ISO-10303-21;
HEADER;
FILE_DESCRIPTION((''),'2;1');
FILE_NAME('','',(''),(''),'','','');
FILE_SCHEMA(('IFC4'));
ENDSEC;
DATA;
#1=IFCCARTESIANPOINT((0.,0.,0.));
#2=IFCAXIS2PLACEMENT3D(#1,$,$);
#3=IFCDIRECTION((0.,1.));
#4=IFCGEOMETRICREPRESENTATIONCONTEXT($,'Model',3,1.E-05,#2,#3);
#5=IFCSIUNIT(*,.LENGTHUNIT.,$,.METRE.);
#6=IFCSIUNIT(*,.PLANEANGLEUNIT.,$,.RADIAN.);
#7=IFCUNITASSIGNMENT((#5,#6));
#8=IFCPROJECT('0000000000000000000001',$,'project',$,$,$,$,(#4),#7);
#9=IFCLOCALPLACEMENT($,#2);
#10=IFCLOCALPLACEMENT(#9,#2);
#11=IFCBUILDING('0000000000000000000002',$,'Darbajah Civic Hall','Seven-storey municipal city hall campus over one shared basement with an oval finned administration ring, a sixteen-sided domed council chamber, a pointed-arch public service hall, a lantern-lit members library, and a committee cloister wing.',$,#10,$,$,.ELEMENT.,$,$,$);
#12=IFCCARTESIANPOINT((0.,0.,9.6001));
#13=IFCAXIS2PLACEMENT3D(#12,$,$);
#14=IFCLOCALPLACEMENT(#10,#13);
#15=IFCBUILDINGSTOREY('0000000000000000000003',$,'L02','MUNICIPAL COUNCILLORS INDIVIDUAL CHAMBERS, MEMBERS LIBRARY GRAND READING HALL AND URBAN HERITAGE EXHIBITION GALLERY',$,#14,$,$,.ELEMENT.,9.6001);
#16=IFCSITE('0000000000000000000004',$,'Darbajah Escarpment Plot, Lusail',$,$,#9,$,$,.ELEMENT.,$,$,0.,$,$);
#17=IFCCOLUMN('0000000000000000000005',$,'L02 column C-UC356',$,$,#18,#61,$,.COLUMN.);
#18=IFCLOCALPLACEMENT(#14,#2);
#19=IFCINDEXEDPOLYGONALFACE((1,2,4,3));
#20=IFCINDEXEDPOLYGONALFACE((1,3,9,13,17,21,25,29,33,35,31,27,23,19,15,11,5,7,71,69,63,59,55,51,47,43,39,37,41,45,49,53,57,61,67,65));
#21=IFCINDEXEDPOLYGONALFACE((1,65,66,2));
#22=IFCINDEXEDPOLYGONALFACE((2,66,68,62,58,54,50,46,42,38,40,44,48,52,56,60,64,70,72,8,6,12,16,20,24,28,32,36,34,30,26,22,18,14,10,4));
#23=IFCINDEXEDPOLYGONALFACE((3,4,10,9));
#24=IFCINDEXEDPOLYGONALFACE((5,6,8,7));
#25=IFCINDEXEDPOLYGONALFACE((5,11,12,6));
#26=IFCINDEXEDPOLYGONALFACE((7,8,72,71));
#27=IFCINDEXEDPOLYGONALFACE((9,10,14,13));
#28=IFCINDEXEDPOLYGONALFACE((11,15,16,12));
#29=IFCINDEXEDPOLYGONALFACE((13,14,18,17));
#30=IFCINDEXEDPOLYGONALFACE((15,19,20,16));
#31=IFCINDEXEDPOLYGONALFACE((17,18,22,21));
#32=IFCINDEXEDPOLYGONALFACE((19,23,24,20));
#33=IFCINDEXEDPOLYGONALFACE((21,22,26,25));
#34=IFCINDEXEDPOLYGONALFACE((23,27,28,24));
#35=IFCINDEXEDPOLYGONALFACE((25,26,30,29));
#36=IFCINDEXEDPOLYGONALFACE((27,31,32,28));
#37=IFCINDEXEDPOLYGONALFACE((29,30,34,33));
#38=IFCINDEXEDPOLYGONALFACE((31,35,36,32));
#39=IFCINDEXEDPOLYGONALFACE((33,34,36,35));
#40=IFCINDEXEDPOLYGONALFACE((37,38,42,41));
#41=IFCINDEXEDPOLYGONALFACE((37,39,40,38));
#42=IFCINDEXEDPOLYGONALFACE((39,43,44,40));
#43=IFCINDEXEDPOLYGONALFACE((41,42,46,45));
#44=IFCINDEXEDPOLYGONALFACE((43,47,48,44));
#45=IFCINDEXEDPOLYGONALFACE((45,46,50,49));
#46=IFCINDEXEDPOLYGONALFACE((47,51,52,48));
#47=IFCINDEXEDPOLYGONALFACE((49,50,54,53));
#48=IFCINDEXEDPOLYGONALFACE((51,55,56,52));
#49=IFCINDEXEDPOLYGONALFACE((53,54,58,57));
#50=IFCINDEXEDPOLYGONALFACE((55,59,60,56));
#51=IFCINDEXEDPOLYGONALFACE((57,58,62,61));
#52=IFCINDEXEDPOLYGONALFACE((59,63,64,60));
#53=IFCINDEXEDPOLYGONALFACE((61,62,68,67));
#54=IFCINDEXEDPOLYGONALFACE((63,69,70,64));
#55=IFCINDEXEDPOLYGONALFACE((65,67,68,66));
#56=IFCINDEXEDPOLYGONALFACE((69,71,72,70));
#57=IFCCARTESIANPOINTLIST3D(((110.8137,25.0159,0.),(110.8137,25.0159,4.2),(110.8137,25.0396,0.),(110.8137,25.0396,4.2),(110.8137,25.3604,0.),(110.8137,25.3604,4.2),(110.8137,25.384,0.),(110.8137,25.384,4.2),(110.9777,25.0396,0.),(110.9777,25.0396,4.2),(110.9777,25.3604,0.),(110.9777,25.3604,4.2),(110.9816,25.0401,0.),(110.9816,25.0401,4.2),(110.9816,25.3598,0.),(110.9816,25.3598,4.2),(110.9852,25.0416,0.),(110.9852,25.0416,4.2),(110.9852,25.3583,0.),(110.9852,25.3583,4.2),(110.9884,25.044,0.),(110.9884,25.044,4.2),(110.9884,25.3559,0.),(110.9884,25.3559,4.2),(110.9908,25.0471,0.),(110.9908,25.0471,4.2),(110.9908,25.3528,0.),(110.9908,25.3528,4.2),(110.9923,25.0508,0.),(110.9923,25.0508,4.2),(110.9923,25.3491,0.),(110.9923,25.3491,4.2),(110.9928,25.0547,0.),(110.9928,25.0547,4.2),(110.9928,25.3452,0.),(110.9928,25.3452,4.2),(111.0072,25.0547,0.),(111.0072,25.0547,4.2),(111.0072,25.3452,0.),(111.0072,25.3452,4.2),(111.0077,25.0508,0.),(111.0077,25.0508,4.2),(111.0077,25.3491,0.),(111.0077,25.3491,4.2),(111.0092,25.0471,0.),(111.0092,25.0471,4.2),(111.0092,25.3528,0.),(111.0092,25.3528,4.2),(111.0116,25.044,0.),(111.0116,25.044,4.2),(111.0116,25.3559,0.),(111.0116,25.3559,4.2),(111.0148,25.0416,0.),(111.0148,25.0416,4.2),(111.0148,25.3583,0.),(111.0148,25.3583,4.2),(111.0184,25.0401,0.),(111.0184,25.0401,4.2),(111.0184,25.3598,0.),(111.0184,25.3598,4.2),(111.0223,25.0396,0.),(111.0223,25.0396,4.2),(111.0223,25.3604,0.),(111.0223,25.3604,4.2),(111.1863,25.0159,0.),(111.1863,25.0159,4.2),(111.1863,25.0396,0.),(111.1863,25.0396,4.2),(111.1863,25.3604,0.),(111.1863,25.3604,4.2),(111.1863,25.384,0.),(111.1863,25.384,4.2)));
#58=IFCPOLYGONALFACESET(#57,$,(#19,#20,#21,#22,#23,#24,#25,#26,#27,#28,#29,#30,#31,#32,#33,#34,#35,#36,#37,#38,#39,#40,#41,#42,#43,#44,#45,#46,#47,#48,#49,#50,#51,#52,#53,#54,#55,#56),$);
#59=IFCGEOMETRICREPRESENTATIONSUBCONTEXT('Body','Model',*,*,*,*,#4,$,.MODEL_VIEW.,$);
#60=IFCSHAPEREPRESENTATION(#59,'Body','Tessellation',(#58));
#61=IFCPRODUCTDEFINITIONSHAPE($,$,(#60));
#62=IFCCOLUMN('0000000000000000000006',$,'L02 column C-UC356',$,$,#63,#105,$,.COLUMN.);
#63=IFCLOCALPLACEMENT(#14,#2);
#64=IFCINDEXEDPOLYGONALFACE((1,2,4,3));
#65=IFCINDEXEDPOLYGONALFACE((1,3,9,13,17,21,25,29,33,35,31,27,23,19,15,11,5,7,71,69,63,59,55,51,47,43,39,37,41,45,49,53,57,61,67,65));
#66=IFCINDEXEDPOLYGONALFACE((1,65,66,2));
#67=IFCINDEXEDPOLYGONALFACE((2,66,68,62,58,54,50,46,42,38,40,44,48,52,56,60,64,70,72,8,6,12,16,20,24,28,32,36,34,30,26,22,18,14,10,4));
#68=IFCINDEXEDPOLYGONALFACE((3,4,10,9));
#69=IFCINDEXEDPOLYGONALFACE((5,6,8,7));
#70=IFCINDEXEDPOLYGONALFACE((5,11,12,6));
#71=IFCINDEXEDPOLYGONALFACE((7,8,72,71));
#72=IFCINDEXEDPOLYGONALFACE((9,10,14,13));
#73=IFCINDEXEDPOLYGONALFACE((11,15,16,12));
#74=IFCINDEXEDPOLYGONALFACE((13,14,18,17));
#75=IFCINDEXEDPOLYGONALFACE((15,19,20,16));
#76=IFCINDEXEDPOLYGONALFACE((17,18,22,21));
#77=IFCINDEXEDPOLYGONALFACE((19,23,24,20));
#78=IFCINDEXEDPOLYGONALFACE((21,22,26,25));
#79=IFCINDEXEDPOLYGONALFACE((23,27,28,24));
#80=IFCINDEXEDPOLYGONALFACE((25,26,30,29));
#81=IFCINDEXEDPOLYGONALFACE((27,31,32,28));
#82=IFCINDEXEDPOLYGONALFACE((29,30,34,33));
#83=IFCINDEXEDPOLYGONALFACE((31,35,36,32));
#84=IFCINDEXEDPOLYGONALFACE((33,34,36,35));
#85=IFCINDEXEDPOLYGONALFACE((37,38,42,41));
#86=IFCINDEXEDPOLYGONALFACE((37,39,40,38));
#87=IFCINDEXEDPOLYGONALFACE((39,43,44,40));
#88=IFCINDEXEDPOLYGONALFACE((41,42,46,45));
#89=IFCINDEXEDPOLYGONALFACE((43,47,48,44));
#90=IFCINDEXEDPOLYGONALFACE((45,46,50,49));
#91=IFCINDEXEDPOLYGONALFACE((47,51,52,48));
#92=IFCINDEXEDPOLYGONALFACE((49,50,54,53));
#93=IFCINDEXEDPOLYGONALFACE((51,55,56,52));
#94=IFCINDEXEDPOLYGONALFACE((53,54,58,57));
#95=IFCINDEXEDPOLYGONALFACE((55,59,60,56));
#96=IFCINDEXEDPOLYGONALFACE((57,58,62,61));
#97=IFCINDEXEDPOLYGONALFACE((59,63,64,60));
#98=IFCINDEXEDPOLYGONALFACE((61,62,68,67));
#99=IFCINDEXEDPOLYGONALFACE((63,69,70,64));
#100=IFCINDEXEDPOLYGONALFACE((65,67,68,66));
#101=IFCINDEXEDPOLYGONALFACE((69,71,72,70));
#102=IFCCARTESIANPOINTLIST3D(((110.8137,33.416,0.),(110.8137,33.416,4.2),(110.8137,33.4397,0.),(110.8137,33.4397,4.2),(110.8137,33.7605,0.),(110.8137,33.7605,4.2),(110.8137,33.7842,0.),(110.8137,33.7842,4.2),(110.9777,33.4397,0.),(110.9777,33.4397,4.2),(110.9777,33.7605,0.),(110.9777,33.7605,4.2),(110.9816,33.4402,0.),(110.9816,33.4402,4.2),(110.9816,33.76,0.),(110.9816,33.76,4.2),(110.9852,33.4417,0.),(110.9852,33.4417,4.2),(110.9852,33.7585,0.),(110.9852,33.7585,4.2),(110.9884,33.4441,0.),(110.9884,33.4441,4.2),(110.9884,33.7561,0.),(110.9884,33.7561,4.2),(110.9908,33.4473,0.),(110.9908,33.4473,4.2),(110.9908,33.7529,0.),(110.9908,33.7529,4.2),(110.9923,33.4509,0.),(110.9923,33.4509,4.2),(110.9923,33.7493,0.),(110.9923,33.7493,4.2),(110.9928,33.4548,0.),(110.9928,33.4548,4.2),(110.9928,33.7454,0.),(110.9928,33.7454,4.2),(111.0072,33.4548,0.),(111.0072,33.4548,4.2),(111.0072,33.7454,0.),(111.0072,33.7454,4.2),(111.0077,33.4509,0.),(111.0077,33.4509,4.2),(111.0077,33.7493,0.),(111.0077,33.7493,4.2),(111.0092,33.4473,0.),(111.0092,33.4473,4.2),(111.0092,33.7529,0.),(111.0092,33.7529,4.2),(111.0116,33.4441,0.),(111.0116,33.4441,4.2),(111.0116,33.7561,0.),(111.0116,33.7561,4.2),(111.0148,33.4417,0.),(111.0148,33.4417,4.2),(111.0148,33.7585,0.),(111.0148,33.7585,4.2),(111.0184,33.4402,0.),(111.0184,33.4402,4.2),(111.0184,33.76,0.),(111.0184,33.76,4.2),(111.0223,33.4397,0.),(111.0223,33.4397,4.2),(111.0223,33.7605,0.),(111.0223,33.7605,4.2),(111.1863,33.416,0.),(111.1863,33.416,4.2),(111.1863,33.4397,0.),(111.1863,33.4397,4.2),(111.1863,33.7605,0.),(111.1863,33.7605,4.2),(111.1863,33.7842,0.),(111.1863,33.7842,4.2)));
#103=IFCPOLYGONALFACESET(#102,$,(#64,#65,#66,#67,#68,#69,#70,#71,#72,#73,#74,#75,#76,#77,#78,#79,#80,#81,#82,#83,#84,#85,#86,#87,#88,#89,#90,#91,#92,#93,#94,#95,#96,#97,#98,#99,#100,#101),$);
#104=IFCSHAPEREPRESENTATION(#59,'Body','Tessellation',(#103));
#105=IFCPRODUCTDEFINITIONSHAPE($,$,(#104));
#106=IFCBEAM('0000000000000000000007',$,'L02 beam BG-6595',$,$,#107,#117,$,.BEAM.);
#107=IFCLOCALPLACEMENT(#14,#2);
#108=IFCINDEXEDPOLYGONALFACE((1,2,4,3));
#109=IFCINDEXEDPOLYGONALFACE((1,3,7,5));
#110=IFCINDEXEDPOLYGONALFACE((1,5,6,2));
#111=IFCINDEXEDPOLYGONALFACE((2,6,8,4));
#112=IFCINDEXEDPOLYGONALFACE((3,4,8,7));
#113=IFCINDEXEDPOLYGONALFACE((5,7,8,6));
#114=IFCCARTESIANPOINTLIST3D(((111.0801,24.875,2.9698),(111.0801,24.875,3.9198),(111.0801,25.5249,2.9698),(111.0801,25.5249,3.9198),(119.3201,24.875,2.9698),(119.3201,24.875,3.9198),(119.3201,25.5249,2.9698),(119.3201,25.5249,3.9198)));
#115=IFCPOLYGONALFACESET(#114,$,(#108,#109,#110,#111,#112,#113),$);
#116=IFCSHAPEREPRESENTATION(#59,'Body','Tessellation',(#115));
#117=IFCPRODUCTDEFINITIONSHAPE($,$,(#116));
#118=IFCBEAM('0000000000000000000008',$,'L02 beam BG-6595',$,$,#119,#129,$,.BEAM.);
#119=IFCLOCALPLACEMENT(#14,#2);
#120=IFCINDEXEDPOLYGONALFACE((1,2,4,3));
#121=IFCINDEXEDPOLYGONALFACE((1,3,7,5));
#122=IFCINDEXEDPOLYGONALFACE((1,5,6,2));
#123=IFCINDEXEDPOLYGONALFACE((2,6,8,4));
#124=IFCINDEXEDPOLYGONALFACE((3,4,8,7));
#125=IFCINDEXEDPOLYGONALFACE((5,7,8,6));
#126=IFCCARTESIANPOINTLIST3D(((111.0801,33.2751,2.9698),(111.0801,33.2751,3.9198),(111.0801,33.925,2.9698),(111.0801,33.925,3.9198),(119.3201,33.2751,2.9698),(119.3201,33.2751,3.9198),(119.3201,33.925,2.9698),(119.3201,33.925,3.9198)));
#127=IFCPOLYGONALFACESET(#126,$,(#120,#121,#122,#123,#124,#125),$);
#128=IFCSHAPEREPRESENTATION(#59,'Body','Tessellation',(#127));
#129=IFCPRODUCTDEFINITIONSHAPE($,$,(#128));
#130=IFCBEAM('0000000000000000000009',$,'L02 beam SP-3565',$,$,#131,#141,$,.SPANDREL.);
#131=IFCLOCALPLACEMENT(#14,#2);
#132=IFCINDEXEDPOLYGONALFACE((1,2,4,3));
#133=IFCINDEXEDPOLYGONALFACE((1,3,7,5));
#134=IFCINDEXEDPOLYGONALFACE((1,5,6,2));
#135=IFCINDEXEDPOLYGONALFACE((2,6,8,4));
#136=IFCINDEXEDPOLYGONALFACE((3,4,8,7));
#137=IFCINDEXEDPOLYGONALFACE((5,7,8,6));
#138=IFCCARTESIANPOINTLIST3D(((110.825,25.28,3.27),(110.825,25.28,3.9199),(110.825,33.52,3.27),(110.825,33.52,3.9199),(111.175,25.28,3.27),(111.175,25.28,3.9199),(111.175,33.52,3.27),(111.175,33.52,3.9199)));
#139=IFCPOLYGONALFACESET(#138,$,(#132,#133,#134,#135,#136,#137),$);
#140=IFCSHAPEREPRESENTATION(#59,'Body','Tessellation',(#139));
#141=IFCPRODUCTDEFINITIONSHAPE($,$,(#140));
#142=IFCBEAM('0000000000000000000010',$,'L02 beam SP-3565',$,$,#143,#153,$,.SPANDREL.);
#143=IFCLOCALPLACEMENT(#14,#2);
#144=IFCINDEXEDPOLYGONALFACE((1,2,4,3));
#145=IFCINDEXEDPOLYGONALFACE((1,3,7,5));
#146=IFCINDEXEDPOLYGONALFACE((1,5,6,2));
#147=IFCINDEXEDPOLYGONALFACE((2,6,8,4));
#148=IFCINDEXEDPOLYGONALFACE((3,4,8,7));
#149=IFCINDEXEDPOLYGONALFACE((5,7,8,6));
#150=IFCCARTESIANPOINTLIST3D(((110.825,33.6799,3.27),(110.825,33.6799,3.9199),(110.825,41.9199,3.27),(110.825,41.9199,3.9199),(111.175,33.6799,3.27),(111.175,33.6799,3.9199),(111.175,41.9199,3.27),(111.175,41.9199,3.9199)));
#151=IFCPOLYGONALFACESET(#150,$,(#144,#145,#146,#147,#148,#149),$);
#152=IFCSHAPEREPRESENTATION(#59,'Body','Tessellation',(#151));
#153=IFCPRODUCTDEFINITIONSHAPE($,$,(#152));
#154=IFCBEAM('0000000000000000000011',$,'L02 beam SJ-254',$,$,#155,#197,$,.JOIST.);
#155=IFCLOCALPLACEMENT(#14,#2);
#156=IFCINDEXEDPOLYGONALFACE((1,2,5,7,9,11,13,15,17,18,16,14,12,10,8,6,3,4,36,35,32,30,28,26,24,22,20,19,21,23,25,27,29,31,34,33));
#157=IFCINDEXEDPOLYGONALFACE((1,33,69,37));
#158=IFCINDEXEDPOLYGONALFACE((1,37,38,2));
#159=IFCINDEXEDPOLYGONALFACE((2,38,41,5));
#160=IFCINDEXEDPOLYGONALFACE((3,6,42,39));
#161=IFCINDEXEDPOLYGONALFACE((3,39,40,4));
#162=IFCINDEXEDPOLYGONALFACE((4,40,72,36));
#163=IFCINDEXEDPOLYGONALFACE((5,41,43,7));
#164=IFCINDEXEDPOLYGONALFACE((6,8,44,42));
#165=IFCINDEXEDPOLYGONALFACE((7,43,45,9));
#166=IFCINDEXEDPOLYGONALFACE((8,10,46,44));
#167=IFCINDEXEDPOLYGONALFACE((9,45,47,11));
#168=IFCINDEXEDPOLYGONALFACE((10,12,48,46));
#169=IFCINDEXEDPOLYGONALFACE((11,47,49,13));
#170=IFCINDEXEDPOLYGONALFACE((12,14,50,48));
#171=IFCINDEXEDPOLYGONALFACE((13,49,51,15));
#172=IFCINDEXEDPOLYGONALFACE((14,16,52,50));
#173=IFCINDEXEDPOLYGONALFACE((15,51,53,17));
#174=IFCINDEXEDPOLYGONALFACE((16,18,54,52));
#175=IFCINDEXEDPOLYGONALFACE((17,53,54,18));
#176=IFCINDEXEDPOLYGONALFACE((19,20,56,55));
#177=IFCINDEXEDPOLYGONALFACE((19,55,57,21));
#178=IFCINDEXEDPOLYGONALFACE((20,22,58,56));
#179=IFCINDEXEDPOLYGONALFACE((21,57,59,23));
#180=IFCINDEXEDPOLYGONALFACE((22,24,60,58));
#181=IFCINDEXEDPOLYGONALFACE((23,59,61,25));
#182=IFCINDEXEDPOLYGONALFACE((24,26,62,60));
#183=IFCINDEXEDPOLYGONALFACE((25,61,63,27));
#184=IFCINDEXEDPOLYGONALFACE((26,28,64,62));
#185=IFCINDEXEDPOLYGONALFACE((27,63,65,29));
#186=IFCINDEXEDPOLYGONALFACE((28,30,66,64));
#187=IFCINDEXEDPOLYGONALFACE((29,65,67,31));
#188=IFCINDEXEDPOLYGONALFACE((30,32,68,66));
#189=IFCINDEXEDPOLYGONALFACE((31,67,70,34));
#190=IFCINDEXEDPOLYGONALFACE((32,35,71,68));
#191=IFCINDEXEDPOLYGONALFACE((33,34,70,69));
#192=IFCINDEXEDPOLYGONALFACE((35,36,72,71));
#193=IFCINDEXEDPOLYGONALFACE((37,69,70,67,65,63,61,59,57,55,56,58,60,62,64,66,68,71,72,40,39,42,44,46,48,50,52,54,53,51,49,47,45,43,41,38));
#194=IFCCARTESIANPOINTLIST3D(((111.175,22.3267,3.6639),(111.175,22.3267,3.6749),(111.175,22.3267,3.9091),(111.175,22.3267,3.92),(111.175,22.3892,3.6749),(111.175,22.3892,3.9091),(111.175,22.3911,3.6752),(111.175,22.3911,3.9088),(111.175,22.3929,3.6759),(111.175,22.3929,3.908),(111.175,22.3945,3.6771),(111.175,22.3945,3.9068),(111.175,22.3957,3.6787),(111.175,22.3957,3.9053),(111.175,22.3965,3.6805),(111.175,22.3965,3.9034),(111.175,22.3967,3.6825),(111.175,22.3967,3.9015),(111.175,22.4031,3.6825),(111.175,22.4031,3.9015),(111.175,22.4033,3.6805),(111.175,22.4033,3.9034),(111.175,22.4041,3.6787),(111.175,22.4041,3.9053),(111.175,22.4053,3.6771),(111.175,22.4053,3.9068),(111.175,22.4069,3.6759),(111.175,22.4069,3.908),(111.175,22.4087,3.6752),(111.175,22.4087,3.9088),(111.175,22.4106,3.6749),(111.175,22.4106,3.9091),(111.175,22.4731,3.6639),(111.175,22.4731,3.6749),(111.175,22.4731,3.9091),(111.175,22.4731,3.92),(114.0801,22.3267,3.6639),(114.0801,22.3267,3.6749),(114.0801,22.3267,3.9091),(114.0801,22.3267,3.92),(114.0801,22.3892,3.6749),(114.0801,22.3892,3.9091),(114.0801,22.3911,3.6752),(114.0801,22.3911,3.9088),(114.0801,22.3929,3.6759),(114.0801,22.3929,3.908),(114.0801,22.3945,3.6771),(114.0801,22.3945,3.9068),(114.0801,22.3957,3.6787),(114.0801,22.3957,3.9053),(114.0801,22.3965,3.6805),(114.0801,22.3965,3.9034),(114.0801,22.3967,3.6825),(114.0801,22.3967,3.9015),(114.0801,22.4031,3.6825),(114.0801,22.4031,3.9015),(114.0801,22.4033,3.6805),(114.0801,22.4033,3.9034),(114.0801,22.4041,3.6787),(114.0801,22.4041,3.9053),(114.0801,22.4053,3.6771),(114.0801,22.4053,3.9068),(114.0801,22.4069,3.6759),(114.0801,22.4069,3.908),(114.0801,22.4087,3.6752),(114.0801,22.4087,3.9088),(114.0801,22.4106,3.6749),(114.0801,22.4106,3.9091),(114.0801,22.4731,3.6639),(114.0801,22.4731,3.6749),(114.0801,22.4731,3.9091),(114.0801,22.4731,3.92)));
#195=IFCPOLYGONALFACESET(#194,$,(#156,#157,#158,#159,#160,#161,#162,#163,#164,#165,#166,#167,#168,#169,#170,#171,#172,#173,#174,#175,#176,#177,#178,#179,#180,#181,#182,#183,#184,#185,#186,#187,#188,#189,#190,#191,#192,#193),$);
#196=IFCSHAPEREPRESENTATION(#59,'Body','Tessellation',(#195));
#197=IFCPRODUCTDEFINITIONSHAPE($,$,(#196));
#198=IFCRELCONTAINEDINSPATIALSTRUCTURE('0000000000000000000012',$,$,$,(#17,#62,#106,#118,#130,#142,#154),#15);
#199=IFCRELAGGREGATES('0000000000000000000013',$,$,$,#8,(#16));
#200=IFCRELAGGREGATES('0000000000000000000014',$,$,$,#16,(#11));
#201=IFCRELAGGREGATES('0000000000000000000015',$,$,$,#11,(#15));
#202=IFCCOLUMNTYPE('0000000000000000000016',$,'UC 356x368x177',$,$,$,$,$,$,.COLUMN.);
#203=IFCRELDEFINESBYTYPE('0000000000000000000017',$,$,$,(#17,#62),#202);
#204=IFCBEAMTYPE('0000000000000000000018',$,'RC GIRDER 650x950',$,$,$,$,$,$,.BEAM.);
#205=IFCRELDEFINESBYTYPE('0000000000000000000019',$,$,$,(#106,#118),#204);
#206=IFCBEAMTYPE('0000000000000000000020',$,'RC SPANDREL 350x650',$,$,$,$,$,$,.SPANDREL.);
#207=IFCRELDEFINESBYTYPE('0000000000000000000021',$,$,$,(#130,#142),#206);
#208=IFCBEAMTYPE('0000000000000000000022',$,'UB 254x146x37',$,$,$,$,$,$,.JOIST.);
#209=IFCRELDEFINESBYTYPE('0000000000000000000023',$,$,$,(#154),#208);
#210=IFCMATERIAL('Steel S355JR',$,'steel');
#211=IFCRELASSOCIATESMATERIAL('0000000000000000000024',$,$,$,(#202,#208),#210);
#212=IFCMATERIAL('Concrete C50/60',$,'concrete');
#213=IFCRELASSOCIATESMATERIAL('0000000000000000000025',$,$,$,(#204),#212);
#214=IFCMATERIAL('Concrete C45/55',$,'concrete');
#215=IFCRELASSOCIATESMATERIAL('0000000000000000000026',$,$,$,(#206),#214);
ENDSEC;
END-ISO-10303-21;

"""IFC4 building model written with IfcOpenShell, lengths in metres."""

from ifc_helpers import new_model, si_unit, direction, frame, origin, origin_2d, place, context, subcontext, project, spatial, rectangle, i_section, extrude, material, material_profile, profile_set, type_object, element, save


model = new_model("IFC4")

# Units and contexts
model_context = context("Model", 3, precision=1e-05, world=origin(), true_north=direction((0.0, 1.0)))
body_context = subcontext(model_context, "Body", "Model", "MODEL_VIEW")
ifc_project = project(units=[si_unit("LENGTHUNIT", "METRE"), si_unit("PLANEANGLEUNIT", "RADIAN")], contexts=[model_context])

# Site, building, storey
site_placement = place(None, origin())
site = spatial("IfcSite", under=ifc_project, at=site_placement, Name="Darbajah Escarpment Plot, Lusail", CompositionType="ELEMENT", RefElevation=0.0)
building_placement = place(site_placement, origin())
building = spatial("IfcBuilding", under=site, at=building_placement, Name="Darbajah Civic Hall", Description="Seven-storey municipal city hall campus over one shared basement with an oval finned administration ring, a sixteen-sided domed council chamber, a pointed-arch public service hall, a lantern-lit members library, and a committee cloister wing.", CompositionType="ELEMENT")
storey_placement = place(building_placement, frame((0.0, 0.0, 9.6001)))
storey = spatial("IfcBuildingStorey", under=building, at=storey_placement, Name="L02", Description="MUNICIPAL COUNCILLORS INDIVIDUAL CHAMBERS, MEMBERS LIBRARY GRAND READING HALL AND URBAN HERITAGE EXHIBITION GALLERY", CompositionType="ELEMENT", Elevation=9.6001)

# Columns
ifc_material_1 = material(Name="Steel S355JR", Category="steel")
ifc_material_profile_1 = material_profile(ifc_material_1, i_section(OverallWidth=0.3726, OverallDepth=0.3682, WebThickness=0.0144, FlangeThickness=0.0237, FilletRadius=0.0151, at=origin_2d()), Name="UC 356x368x177")
ifc_profile_set_1 = profile_set([ifc_material_profile_1], Name="Steel S355JR")
column_type = type_object("IfcColumnType", Name="UC 356x368x177", PredefinedType="COLUMN", material=ifc_profile_set_1)
for number, where, z_axis, x_axis, name in (
    (1, (111.0, 25.2, 0.0), (0.0, 0.0, 1.0), (1.0, 0.0, 0.0), "L02 column C-UC356"),
    (2, (111.0, 33.6001, 0.0), (0.0, 0.0, 1.0), (1.0, 0.0, 0.0), "L02 column C-UC356"),
):
    element("IfcColumn", number, at=place(storey_placement, frame(where, z_axis=z_axis, x_axis=x_axis)), inside=storey, type_object=column_type, Name=name, PredefinedType="COLUMN", context=body_context, shape_type="SweptSolid", body=[
        extrude(i_section(OverallWidth=0.3726, OverallDepth=0.3682, WebThickness=0.0144, FlangeThickness=0.0237, FilletRadius=0.0151, at=origin_2d()), origin(), (0.0, 0.0, 1.0), 4.2),
    ])

# Beams
ifc_material_2 = material(Name="Concrete C50/60", Category="concrete")
ifc_material_profile_2 = material_profile(ifc_material_2, rectangle(XDim=0.6499, YDim=0.95, at=origin_2d()), Name="RC GIRDER 650x950")
ifc_profile_set_2 = profile_set([ifc_material_profile_2], Name="Concrete C50/60")
beam_type_1 = type_object("IfcBeamType", Name="RC GIRDER 650x950", PredefinedType="BEAM", material=ifc_profile_set_2)
for number, where, z_axis, x_axis, name in (
    (3, (111.0801, 25.2, 3.4448), (1.0, 0.0, 0.0), (0.0, 1.0, 0.0), "L02 beam BG-6595"),
    (4, (111.0801, 33.6001, 3.4448), (1.0, 0.0, 0.0), (0.0, 1.0, 0.0), "L02 beam BG-6595"),
):
    element("IfcBeam", number, at=place(storey_placement, frame(where, z_axis=z_axis, x_axis=x_axis)), inside=storey, type_object=beam_type_1, Name=name, PredefinedType="BEAM", context=body_context, shape_type="SweptSolid", body=[
        extrude(rectangle(XDim=0.6499, YDim=0.95, at=origin_2d()), origin(), (0.0, 0.0, 1.0), 8.24),
    ])
ifc_material_3 = material(Name="Concrete C45/55", Category="concrete")
ifc_material_profile_3 = material_profile(ifc_material_3, rectangle(XDim=0.3501, YDim=0.6499, at=origin_2d()), Name="RC SPANDREL 350x650")
ifc_profile_set_3 = profile_set([ifc_material_profile_3], Name="Concrete C45/55")
beam_type_2 = type_object("IfcBeamType", Name="RC SPANDREL 350x650", PredefinedType="SPANDREL", material=ifc_profile_set_3)
for number, where, z_axis, x_axis, name in (
    (5, (111.0, 25.28, 3.595), (0.0, 1.0, 0.0), (-1.0, 0.0, 0.0), "L02 beam SP-3565"),
    (6, (111.0, 33.6799, 3.595), (0.0, 1.0, 0.0), (-1.0, 0.0, 0.0), "L02 beam SP-3565"),
):
    element("IfcBeam", number, at=place(storey_placement, frame(where, z_axis=z_axis, x_axis=x_axis)), inside=storey, type_object=beam_type_2, Name=name, PredefinedType="SPANDREL", context=body_context, shape_type="SweptSolid", body=[
        extrude(rectangle(XDim=0.3501, YDim=0.6499, at=origin_2d()), origin(), (0.0, 0.0, 1.0), 8.24),
    ])
ifc_material_profile_4 = material_profile(ifc_material_1, i_section(OverallWidth=0.1465, OverallDepth=0.2561, WebThickness=0.0063, FlangeThickness=0.011, FilletRadius=0.0076, at=origin_2d()), Name="UB 254x146x37")
ifc_profile_set_4 = profile_set([ifc_material_profile_4], Name="Steel S355JR")
beam_type_3 = type_object("IfcBeamType", Name="UB 254x146x37", PredefinedType="JOIST", material=ifc_profile_set_4)
beam_1_placement = place(storey_placement, frame((111.175, 22.3999, 3.792), z_axis=(1.0, 0.0, 0.0), x_axis=(0.0, 1.0, 0.0)))
element("IfcBeam", 7, at=beam_1_placement, inside=storey, type_object=beam_type_3, Name="L02 beam SJ-254", PredefinedType="JOIST", context=body_context, shape_type="SweptSolid", body=[
    extrude(i_section(OverallWidth=0.1465, OverallDepth=0.2561, WebThickness=0.0063, FlangeThickness=0.011, FilletRadius=0.0076, at=origin_2d()), origin(), (0.0, 0.0, 1.0), 2.905),
])

save(model, "model.ifc")
